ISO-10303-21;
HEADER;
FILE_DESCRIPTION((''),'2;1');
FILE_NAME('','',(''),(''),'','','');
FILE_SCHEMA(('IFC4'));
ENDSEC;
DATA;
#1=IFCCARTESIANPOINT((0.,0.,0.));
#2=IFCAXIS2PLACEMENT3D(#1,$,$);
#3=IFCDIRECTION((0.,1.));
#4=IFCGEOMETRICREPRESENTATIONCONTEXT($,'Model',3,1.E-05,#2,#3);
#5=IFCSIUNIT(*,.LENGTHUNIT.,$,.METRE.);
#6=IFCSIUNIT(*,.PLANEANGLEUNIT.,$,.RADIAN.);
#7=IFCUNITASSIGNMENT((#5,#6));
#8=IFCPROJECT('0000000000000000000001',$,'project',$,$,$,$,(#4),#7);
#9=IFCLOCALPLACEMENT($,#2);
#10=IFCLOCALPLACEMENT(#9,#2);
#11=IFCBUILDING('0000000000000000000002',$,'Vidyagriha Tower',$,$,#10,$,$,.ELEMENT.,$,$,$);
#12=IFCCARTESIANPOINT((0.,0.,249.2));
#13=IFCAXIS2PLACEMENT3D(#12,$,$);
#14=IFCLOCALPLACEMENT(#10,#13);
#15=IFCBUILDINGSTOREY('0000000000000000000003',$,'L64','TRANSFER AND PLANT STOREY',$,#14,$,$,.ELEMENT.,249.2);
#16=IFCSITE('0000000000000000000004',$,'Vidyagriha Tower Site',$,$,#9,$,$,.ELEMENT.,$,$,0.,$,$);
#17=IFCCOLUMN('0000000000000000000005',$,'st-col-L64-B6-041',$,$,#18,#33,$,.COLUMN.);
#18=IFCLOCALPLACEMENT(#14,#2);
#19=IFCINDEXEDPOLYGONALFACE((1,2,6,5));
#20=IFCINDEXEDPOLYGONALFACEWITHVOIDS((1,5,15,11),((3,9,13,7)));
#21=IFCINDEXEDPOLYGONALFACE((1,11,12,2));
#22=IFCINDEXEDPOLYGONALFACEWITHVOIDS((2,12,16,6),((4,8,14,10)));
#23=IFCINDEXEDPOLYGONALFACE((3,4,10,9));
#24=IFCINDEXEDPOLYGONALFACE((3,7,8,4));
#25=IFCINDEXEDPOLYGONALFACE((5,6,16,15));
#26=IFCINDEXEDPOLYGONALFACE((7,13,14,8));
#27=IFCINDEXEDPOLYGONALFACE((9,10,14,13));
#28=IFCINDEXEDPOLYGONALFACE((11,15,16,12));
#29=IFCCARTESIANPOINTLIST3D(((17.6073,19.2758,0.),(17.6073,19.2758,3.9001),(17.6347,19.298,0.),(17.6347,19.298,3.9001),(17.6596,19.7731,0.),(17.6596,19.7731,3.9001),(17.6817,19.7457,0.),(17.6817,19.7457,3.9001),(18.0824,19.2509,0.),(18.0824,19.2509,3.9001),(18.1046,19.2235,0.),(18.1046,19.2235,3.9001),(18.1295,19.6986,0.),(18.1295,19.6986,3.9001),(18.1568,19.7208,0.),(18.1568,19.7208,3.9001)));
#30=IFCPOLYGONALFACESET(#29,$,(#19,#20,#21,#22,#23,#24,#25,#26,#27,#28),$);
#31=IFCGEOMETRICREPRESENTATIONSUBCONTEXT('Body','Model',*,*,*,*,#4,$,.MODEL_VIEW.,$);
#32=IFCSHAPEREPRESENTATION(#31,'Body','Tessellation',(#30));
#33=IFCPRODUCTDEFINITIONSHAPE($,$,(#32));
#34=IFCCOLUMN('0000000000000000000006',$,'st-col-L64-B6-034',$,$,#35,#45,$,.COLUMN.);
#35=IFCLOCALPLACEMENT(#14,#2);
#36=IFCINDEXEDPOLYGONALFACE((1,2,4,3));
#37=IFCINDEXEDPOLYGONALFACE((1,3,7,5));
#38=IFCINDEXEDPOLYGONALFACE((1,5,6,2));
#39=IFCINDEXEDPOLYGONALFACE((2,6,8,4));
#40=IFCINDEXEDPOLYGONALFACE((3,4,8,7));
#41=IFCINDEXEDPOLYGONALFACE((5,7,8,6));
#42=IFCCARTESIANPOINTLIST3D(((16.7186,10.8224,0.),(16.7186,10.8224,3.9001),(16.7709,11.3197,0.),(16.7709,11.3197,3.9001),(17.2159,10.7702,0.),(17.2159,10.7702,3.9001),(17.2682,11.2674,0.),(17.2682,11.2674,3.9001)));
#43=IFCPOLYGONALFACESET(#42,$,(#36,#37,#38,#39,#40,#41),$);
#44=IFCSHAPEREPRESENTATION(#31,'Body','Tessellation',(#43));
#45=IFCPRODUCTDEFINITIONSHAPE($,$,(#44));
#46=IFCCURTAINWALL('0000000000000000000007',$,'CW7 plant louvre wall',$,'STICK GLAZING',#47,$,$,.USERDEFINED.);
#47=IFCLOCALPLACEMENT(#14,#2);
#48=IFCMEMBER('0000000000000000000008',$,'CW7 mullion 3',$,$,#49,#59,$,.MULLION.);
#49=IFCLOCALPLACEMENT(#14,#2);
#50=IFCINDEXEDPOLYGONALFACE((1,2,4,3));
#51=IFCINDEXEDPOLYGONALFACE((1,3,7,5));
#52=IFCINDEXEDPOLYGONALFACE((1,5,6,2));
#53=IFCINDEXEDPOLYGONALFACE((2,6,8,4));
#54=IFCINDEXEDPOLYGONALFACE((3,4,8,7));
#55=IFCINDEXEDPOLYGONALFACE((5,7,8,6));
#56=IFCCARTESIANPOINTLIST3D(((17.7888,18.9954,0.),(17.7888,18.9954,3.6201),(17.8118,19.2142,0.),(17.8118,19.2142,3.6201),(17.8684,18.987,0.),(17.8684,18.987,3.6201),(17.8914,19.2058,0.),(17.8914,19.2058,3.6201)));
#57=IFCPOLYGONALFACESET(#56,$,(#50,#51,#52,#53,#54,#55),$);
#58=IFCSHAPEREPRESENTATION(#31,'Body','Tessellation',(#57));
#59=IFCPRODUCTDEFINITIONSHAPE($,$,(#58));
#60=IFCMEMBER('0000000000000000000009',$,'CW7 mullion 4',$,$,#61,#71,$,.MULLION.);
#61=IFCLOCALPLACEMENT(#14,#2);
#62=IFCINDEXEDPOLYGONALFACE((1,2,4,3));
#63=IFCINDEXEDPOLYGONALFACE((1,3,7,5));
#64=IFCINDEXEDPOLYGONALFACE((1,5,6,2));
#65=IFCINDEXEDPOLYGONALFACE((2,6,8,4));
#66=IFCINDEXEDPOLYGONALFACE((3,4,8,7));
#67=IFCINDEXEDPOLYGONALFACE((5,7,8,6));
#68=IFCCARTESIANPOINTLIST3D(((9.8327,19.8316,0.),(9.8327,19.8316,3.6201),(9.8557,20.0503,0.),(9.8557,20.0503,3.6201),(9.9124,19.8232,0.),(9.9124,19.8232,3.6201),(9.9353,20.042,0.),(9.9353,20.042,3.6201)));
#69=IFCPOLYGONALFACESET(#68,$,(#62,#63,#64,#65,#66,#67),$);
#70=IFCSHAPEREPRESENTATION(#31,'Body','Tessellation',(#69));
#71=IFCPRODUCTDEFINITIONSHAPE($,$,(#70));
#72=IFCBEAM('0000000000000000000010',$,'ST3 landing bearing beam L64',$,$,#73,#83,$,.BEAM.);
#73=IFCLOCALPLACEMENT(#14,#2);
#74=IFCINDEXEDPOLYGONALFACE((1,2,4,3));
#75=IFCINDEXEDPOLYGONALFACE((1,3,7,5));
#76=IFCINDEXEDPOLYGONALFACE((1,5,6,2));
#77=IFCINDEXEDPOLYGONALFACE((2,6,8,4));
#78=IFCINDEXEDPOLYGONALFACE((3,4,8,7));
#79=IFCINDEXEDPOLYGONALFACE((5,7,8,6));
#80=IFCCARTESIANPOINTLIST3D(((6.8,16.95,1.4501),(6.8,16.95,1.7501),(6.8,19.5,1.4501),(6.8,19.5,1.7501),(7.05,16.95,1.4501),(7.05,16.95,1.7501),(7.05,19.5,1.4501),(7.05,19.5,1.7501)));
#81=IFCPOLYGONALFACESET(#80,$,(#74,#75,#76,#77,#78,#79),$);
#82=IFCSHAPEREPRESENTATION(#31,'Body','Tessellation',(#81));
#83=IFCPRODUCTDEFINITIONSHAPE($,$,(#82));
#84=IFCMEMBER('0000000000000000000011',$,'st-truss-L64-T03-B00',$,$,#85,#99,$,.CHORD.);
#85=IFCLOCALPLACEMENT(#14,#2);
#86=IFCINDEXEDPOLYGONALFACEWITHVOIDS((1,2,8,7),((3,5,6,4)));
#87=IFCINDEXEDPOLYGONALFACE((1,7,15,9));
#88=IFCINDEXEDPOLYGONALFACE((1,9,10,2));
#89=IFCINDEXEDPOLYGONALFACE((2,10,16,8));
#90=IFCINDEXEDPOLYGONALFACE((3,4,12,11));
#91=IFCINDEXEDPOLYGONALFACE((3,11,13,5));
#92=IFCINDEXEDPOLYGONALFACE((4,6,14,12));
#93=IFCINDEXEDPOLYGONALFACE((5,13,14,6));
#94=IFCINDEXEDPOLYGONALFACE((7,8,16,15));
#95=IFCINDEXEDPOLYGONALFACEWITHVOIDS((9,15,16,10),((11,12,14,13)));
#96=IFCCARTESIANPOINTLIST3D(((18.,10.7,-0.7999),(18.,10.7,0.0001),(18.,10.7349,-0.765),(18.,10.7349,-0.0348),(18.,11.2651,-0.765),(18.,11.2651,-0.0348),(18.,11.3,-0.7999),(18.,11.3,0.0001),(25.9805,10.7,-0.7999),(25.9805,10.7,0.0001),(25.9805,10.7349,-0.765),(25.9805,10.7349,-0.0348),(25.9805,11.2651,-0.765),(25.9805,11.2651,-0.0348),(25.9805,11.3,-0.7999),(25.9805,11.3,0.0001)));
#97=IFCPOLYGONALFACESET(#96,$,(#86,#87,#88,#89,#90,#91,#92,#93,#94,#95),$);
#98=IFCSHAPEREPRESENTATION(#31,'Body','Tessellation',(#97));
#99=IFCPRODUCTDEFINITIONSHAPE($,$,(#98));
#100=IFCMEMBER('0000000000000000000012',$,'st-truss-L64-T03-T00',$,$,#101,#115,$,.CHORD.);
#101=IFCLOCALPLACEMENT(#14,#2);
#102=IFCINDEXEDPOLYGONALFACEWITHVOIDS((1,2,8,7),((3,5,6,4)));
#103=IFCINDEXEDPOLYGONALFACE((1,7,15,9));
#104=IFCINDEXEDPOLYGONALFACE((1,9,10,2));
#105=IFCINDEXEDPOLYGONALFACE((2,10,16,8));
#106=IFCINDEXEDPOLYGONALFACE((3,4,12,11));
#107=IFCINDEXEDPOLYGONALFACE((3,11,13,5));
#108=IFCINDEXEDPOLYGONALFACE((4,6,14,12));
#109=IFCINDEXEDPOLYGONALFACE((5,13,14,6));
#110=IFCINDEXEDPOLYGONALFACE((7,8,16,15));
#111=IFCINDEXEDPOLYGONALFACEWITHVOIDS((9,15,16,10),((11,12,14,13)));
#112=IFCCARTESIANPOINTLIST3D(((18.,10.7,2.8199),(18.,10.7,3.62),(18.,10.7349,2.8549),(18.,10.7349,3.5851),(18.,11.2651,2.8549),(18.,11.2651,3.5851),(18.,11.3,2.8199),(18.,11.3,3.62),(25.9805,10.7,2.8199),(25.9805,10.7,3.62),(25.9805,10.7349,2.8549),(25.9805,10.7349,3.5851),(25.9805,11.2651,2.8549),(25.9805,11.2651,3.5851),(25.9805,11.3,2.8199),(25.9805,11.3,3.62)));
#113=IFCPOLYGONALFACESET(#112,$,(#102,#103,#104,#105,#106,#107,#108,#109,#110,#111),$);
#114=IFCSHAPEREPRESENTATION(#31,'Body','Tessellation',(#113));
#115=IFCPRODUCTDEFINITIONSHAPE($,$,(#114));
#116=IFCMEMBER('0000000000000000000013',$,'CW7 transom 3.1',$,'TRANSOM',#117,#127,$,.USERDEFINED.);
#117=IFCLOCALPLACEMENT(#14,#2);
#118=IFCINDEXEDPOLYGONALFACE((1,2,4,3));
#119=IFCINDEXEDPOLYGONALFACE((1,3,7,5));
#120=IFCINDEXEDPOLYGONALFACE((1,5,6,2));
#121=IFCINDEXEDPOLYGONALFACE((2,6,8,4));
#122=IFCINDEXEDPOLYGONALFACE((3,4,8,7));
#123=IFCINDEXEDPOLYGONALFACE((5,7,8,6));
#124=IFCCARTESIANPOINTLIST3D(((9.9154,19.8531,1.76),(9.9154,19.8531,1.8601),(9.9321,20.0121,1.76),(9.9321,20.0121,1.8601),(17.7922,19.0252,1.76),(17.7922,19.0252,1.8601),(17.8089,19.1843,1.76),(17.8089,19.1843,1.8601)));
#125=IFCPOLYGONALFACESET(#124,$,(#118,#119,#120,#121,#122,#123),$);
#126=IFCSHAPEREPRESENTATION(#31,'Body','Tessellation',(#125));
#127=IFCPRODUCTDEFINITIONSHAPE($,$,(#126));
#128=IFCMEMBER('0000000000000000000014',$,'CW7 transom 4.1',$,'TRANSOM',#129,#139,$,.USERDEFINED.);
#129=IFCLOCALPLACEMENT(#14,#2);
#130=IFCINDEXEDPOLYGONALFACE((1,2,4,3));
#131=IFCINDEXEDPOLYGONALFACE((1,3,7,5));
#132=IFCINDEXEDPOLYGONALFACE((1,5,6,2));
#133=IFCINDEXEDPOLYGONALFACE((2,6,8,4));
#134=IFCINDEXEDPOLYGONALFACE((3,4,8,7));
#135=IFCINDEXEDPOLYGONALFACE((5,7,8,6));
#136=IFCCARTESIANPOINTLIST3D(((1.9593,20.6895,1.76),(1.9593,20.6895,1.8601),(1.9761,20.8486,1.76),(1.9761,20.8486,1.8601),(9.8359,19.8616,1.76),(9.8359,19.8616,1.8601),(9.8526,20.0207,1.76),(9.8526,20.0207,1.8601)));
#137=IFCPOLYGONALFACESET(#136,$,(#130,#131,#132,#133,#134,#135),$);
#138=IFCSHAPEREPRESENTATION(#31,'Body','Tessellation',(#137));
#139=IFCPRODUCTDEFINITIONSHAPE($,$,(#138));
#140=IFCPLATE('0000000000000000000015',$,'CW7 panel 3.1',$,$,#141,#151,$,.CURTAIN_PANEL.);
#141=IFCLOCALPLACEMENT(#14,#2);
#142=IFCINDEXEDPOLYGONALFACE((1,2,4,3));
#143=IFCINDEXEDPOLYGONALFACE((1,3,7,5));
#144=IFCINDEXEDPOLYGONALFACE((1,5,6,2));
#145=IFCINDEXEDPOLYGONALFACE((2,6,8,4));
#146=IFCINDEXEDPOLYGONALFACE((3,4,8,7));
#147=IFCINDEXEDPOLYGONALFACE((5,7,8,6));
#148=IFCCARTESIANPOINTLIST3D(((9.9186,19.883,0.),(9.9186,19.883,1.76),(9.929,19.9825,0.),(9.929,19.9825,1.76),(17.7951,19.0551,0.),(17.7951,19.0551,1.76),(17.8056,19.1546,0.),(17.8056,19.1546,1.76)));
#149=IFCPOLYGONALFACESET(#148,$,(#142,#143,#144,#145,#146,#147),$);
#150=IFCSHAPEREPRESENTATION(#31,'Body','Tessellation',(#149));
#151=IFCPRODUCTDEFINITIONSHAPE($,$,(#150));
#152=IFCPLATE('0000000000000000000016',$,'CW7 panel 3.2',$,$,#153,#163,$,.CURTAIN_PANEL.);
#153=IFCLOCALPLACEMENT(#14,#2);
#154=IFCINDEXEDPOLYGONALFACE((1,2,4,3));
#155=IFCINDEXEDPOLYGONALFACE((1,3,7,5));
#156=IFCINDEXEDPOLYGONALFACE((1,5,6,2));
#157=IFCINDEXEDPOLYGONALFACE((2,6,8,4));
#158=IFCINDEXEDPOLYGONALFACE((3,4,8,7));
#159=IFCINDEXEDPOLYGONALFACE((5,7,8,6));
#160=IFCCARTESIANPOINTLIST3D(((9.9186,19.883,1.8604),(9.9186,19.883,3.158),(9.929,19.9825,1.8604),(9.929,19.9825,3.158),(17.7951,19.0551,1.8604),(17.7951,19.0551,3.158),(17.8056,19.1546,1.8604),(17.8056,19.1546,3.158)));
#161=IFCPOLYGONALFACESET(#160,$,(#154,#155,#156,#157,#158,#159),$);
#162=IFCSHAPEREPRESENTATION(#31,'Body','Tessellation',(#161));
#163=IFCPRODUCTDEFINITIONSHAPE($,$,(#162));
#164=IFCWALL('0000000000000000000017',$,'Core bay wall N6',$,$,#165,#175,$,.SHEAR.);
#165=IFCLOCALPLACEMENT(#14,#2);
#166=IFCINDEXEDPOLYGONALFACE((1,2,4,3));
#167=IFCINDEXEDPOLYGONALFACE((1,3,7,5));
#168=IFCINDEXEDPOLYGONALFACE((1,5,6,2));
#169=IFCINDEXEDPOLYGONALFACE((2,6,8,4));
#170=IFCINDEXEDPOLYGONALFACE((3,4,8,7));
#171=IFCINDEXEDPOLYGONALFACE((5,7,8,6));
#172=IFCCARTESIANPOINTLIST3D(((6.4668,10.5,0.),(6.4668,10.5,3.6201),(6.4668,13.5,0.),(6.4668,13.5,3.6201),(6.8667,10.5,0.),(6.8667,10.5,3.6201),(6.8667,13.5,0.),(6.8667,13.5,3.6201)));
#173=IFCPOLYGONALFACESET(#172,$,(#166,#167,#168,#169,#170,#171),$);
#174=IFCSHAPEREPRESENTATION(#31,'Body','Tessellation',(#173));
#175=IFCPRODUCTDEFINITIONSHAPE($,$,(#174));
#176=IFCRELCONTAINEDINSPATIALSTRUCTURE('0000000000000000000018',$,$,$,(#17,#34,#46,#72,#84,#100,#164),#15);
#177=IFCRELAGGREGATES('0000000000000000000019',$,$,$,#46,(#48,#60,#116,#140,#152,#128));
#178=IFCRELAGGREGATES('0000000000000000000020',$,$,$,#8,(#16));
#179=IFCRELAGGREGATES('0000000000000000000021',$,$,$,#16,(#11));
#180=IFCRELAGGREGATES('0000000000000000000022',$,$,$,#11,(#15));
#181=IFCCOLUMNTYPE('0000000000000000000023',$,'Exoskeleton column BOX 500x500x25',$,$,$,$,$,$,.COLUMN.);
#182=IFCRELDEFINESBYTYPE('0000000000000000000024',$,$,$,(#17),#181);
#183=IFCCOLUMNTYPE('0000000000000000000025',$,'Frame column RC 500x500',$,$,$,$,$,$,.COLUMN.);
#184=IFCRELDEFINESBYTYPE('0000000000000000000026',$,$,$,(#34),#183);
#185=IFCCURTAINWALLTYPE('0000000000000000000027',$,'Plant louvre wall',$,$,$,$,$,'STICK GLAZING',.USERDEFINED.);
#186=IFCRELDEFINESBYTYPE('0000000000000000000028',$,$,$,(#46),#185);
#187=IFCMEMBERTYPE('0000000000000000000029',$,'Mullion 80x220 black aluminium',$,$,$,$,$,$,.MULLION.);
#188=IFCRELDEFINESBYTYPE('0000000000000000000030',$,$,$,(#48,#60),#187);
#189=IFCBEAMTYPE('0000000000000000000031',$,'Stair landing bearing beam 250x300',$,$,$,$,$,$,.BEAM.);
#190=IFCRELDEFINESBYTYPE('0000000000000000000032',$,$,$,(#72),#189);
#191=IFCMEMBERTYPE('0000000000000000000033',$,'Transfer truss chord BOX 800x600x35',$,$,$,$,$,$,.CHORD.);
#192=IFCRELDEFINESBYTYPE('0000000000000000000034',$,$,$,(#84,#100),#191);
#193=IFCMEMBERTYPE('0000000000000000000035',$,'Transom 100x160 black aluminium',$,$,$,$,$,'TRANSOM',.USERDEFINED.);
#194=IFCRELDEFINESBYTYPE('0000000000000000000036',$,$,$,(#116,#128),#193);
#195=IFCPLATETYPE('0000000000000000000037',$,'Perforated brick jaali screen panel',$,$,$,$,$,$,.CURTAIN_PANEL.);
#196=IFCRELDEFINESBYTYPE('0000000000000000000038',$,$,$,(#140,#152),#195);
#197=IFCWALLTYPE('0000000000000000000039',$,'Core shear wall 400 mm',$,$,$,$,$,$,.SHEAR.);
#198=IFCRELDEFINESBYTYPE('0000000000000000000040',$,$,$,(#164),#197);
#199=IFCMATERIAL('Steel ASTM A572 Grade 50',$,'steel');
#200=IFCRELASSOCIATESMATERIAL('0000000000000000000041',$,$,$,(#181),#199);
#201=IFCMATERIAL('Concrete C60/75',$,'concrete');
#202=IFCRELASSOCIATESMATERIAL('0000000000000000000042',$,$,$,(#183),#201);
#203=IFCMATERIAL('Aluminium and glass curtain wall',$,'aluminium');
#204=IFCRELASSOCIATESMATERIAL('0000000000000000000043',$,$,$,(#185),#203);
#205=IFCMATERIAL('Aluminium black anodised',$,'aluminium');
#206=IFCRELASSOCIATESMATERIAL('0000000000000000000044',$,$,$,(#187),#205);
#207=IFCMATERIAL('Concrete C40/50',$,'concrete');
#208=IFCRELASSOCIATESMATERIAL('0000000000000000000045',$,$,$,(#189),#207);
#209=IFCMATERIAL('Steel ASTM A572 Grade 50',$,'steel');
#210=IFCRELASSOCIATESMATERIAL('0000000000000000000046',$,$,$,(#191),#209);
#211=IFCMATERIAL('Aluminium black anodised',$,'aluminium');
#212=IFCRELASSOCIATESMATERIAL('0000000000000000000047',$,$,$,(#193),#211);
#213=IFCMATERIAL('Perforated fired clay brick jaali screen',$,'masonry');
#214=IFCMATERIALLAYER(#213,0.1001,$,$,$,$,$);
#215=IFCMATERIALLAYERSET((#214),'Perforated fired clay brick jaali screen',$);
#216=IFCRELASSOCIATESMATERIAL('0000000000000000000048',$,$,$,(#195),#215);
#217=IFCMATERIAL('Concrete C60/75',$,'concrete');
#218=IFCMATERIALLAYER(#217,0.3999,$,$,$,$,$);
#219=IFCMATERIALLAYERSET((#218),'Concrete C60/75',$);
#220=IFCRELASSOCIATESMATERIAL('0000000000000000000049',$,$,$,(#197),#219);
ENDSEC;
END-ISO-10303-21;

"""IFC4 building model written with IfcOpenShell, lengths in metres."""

from ifc_helpers import new_model, si_unit, direction, frame, frame_2d, origin, origin_2d, place, context, subcontext, project, spatial, rectangle, hollow_rectangle, extrude, material, layer, layer_set, material_profile, profile_set, type_object, element, aggregate, save


model = new_model("IFC4")

# Units and contexts
model_context = context("Model", 3, precision=1e-05, world=origin(), true_north=direction((0.0, 1.0)))
body_context = subcontext(model_context, "Body", "Model", "MODEL_VIEW")
ifc_project = project(units=[si_unit("LENGTHUNIT", "METRE"), si_unit("PLANEANGLEUNIT", "RADIAN")], contexts=[model_context])

# Site, building, storey
site_placement = place(None, origin())
site = spatial("IfcSite", under=ifc_project, at=site_placement, Name="Vidyagriha Tower Site", CompositionType="ELEMENT", RefElevation=0.0)
building_placement = place(site_placement, origin())
building = spatial("IfcBuilding", under=site, at=building_placement, Name="Vidyagriha Tower", CompositionType="ELEMENT")
storey_placement = place(building_placement, frame((0.0, 0.0, 249.2)))
storey = spatial("IfcBuildingStorey", under=building, at=storey_placement, Name="L64", Description="TRANSFER AND PLANT STOREY", CompositionType="ELEMENT", Elevation=249.2)

# Columns
ifc_material_1 = material(Name="Steel ASTM A572 Grade 50", Category="steel")
ifc_material_profile_1 = material_profile(ifc_material_1, hollow_rectangle(XDim=0.5, YDim=0.5, WallThickness=0.0249, at=origin_2d()), Name="BOX 500x500x25")
ifc_profile_set_1 = profile_set([ifc_material_profile_1], Name="Steel ASTM A572 Grade 50")
column_type_1 = type_object("IfcColumnType", Name="Exoskeleton column BOX 500x500x25", PredefinedType="COLUMN", material=ifc_profile_set_1)
column_1_placement = place(storey_placement, frame((17.8821, 19.4983, 0.0), z_axis=(0.0, 0.0, 1.0), x_axis=(0.994522, -0.104528, 0.0)))
element("IfcColumn", 1, at=column_1_placement, inside=storey, type_object=column_type_1, Name="st-col-L64-B6-041", PredefinedType="COLUMN", context=body_context, shape_type="SweptSolid", body=[
    extrude(hollow_rectangle(XDim=0.5, YDim=0.5, WallThickness=0.0249, at=origin_2d()), origin(), (0.0, 0.0, 1.0), 3.9001),
])
ifc_material_2 = material(Name="Concrete C60/75", Category="concrete")
ifc_material_profile_2 = material_profile(ifc_material_2, rectangle(XDim=0.5, YDim=0.5, at=origin_2d()), Name="RC 500x500")
ifc_profile_set_2 = profile_set([ifc_material_profile_2], Name="Concrete C60/75")
column_type_2 = type_object("IfcColumnType", Name="Frame column RC 500x500", PredefinedType="COLUMN", material=ifc_profile_set_2)
column_2_placement = place(storey_placement, frame((16.9934, 11.0449, 0.0), z_axis=(0.0, 0.0, 1.0), x_axis=(0.994522, -0.104528, 0.0)))
element("IfcColumn", 2, at=column_2_placement, inside=storey, type_object=column_type_2, Name="st-col-L64-B6-034", PredefinedType="COLUMN", context=body_context, shape_type="SweptSolid", body=[
    extrude(rectangle(XDim=0.5, YDim=0.5, at=origin_2d()), origin(), (0.0, 0.0, 1.0), 3.9001),
])

# Curtain wall, members
ifc_material_3 = material(Name="Aluminium and glass curtain wall", Category="aluminium")
curtain_wall_type = type_object("IfcCurtainWallType", Name="Plant louvre wall", ElementType="STICK GLAZING", PredefinedType="USERDEFINED", material=ifc_material_3)
curtain_wall_placement = place(storey_placement, origin())
curtain_wall = element("IfcCurtainWall", 3, at=curtain_wall_placement, inside=storey, type_object=curtain_wall_type, Name="CW7 plant louvre wall", ObjectType="STICK GLAZING", PredefinedType="USERDEFINED")
ifc_material_4 = material(Name="Aluminium black anodised", Category="aluminium")
ifc_material_profile_3 = material_profile(ifc_material_4, rectangle(XDim=0.22, YDim=0.0801, at=origin_2d()), Name="Mullion 80x220 black aluminium")
ifc_profile_set_3 = profile_set([ifc_material_profile_3], Name="Aluminium black anodised")
member_type_1 = type_object("IfcMemberType", Name="Mullion 80x220 black aluminium", PredefinedType="MULLION", material=ifc_profile_set_3)
member_1_placement = place(storey_placement, frame((17.8401, 19.1006, 0.0), z_axis=(0.0, 0.0, 1.0), x_axis=(-0.104529, -0.994522, 0.0)))
member_1 = element("IfcMember", 4, at=member_1_placement, type_object=member_type_1, Name="CW7 mullion 3", PredefinedType="MULLION", context=body_context, shape_type="SweptSolid", body=[
    extrude(rectangle(XDim=0.22, YDim=0.0801, at=origin_2d()), origin(), (0.0, 0.0, 1.0), 3.6201),
])
member_2_placement = place(storey_placement, frame((9.884, 19.9368, 0.0), z_axis=(0.0, 0.0, 1.0), x_axis=(-0.104529, -0.994522, 0.0)))
member_2 = element("IfcMember", 5, at=member_2_placement, type_object=member_type_1, Name="CW7 mullion 4", PredefinedType="MULLION", context=body_context, shape_type="SweptSolid", body=[
    extrude(rectangle(XDim=0.22, YDim=0.0801, at=origin_2d()), origin(), (0.0, 0.0, 1.0), 3.6201),
])

# Beam
ifc_material_5 = material(Name="Concrete C40/50", Category="concrete")
ifc_material_profile_4 = material_profile(ifc_material_5, rectangle(XDim=0.25, YDim=0.3, at=origin_2d()), Name="Stair landing bearing beam 250x300")
ifc_profile_set_4 = profile_set([ifc_material_profile_4], Name="Concrete C40/50")
beam_type = type_object("IfcBeamType", Name="Stair landing bearing beam 250x300", PredefinedType="BEAM", material=ifc_profile_set_4)
beam_placement = place(storey_placement, frame((6.925, 16.95, 1.6001), z_axis=(0.0, 1.0, 0.0), x_axis=(-1.0, 0.0, 0.0)))
element("IfcBeam", 6, at=beam_placement, inside=storey, type_object=beam_type, Name="ST3 landing bearing beam L64", PredefinedType="BEAM", context=body_context, shape_type="SweptSolid", body=[
    extrude(rectangle(XDim=0.25, YDim=0.3, at=origin_2d()), origin(), (0.0, 0.0, 1.0), 2.55),
])

# Members
ifc_material_6 = material(Name="Steel ASTM A572 Grade 50", Category="steel")
ifc_material_profile_5 = material_profile(ifc_material_6, hollow_rectangle(XDim=0.6001, YDim=0.8, WallThickness=0.0349, at=origin_2d()), Name="BOX 800x600x35")
ifc_profile_set_5 = profile_set([ifc_material_profile_5], Name="Steel ASTM A572 Grade 50")
member_type_2 = type_object("IfcMemberType", Name="Transfer truss chord BOX 800x600x35", PredefinedType="CHORD", material=ifc_profile_set_5)
for number, where, z_axis, x_axis, name in (
    (7, (18.0, 11.0, -0.3999), (1.0, 0.0, 0.0), (0.0, 1.0, 0.0), "st-truss-L64-T03-B00"),
    (8, (18.0, 11.0, 3.22), (1.0, 0.0, 0.0), (0.0, 1.0, 0.0), "st-truss-L64-T03-T00"),
):
    element("IfcMember", number, at=place(storey_placement, frame(where, z_axis=z_axis, x_axis=x_axis)), inside=storey, type_object=member_type_2, Name=name, PredefinedType="CHORD", context=body_context, shape_type="SweptSolid", body=[
        extrude(hollow_rectangle(XDim=0.6001, YDim=0.8, WallThickness=0.0349, at=origin_2d()), origin(), (0.0, 0.0, 1.0), 7.9805),
    ])

# Members
ifc_material_7 = material(Name="Aluminium black anodised", Category="aluminium")
ifc_material_profile_6 = material_profile(ifc_material_7, rectangle(XDim=0.1599, YDim=0.1001, at=origin_2d()), Name="Transom 100x160 black aluminium")
ifc_profile_set_6 = profile_set([ifc_material_profile_6], Name="Aluminium black anodised")
member_type_3 = type_object("IfcMemberType", Name="Transom 100x160 black aluminium", ElementType="TRANSOM", PredefinedType="USERDEFINED", material=ifc_profile_set_6)
member_3_placement = place(storey_placement, frame((17.8005, 19.1047, 1.8101), z_axis=(-0.994522, 0.104529, 0.0), x_axis=(-0.104529, -0.994522, 0.0)))
member_3 = element("IfcMember", 9, at=member_3_placement, type_object=member_type_3, Name="CW7 transom 3.1", ObjectType="TRANSOM", PredefinedType="USERDEFINED", context=body_context, shape_type="SweptSolid", body=[
    extrude(rectangle(XDim=0.1599, YDim=0.1001, at=origin_2d()), origin(), (0.0, 0.0, 1.0), 7.9202),
])
member_4_placement = place(storey_placement, frame((9.8442, 19.9412, 1.8101), z_axis=(-0.994521, 0.104532, 0.0), x_axis=(-0.104532, -0.994521, 0.0)))
member_4 = element("IfcMember", 10, at=member_4_placement, type_object=member_type_3, Name="CW7 transom 4.1", ObjectType="TRANSOM", PredefinedType="USERDEFINED", context=body_context, shape_type="SweptSolid", body=[
    extrude(rectangle(XDim=0.1599, YDim=0.1001, at=origin_2d()), origin(), (0.0, 0.0, 1.0), 7.9199),
])

# Plates
ifc_material_8 = material(Name="Perforated fired clay brick jaali screen", Category="masonry")
ifc_layer_1 = layer(ifc_material_8, 0.1001)
ifc_layer_set_1 = layer_set([ifc_layer_1], Name="Perforated fired clay brick jaali screen")
plate_type = type_object("IfcPlateType", Name="Perforated brick jaali screen panel", PredefinedType="CURTAIN_PANEL", material=ifc_layer_set_1)
plate_1_placement = place(storey_placement, frame((13.8621, 19.5188, 0.0), z_axis=(0.0, 0.0, 1.0), x_axis=(-0.994522, 0.104529, 0.0)))
plate_1 = element("IfcPlate", 11, at=plate_1_placement, type_object=plate_type, Name="CW7 panel 3.1", PredefinedType="CURTAIN_PANEL", context=body_context, shape_type="SweptSolid", body=[
    extrude(rectangle(XDim=7.9199, YDim=0.1001, at=origin_2d()), origin(), (0.0, 0.0, 1.0), 1.76),
])
plate_2_placement = place(storey_placement, frame((13.8621, 19.5188, 1.8604), z_axis=(0.0, 0.0, 1.0), x_axis=(-0.994522, 0.104529, 0.0)))
plate_2 = element("IfcPlate", 12, at=plate_2_placement, type_object=plate_type, Name="CW7 panel 3.2", PredefinedType="CURTAIN_PANEL", context=body_context, shape_type="SweptSolid", body=[
    extrude(rectangle(XDim=7.9199, YDim=0.1001, at=origin_2d()), origin(), (0.0, 0.0, 1.0), 1.2976),
])
aggregate(curtain_wall, [member_1, member_2, member_3, plate_1, plate_2, member_4])

# Wall
ifc_material_9 = material(Name="Concrete C60/75", Category="concrete")
ifc_layer_2 = layer(ifc_material_9, 0.3999)
ifc_layer_set_2 = layer_set([ifc_layer_2], Name="Concrete C60/75")
wall_type_1 = type_object("IfcWallType", Name="Core shear wall 400 mm", PredefinedType="SHEAR", material=ifc_layer_set_2)
wall_1_placement = place(storey_placement, frame((6.6667, 10.5, 0.0), z_axis=(0.0, 0.0, 1.0), x_axis=(0.0, 1.0, 0.0)))
element("IfcWall", 13, at=wall_1_placement, inside=storey, type_object=wall_type_1, Name="Core bay wall N6", PredefinedType="SHEAR", context=body_context, shape_type="SweptSolid", body=[
    extrude(rectangle(XDim=3.0, YDim=0.3999, at=frame_2d((1.5, 0.0))), origin(), (0.0, 0.0, 1.0), 3.6201),
])

save(model, "model.ifc")
